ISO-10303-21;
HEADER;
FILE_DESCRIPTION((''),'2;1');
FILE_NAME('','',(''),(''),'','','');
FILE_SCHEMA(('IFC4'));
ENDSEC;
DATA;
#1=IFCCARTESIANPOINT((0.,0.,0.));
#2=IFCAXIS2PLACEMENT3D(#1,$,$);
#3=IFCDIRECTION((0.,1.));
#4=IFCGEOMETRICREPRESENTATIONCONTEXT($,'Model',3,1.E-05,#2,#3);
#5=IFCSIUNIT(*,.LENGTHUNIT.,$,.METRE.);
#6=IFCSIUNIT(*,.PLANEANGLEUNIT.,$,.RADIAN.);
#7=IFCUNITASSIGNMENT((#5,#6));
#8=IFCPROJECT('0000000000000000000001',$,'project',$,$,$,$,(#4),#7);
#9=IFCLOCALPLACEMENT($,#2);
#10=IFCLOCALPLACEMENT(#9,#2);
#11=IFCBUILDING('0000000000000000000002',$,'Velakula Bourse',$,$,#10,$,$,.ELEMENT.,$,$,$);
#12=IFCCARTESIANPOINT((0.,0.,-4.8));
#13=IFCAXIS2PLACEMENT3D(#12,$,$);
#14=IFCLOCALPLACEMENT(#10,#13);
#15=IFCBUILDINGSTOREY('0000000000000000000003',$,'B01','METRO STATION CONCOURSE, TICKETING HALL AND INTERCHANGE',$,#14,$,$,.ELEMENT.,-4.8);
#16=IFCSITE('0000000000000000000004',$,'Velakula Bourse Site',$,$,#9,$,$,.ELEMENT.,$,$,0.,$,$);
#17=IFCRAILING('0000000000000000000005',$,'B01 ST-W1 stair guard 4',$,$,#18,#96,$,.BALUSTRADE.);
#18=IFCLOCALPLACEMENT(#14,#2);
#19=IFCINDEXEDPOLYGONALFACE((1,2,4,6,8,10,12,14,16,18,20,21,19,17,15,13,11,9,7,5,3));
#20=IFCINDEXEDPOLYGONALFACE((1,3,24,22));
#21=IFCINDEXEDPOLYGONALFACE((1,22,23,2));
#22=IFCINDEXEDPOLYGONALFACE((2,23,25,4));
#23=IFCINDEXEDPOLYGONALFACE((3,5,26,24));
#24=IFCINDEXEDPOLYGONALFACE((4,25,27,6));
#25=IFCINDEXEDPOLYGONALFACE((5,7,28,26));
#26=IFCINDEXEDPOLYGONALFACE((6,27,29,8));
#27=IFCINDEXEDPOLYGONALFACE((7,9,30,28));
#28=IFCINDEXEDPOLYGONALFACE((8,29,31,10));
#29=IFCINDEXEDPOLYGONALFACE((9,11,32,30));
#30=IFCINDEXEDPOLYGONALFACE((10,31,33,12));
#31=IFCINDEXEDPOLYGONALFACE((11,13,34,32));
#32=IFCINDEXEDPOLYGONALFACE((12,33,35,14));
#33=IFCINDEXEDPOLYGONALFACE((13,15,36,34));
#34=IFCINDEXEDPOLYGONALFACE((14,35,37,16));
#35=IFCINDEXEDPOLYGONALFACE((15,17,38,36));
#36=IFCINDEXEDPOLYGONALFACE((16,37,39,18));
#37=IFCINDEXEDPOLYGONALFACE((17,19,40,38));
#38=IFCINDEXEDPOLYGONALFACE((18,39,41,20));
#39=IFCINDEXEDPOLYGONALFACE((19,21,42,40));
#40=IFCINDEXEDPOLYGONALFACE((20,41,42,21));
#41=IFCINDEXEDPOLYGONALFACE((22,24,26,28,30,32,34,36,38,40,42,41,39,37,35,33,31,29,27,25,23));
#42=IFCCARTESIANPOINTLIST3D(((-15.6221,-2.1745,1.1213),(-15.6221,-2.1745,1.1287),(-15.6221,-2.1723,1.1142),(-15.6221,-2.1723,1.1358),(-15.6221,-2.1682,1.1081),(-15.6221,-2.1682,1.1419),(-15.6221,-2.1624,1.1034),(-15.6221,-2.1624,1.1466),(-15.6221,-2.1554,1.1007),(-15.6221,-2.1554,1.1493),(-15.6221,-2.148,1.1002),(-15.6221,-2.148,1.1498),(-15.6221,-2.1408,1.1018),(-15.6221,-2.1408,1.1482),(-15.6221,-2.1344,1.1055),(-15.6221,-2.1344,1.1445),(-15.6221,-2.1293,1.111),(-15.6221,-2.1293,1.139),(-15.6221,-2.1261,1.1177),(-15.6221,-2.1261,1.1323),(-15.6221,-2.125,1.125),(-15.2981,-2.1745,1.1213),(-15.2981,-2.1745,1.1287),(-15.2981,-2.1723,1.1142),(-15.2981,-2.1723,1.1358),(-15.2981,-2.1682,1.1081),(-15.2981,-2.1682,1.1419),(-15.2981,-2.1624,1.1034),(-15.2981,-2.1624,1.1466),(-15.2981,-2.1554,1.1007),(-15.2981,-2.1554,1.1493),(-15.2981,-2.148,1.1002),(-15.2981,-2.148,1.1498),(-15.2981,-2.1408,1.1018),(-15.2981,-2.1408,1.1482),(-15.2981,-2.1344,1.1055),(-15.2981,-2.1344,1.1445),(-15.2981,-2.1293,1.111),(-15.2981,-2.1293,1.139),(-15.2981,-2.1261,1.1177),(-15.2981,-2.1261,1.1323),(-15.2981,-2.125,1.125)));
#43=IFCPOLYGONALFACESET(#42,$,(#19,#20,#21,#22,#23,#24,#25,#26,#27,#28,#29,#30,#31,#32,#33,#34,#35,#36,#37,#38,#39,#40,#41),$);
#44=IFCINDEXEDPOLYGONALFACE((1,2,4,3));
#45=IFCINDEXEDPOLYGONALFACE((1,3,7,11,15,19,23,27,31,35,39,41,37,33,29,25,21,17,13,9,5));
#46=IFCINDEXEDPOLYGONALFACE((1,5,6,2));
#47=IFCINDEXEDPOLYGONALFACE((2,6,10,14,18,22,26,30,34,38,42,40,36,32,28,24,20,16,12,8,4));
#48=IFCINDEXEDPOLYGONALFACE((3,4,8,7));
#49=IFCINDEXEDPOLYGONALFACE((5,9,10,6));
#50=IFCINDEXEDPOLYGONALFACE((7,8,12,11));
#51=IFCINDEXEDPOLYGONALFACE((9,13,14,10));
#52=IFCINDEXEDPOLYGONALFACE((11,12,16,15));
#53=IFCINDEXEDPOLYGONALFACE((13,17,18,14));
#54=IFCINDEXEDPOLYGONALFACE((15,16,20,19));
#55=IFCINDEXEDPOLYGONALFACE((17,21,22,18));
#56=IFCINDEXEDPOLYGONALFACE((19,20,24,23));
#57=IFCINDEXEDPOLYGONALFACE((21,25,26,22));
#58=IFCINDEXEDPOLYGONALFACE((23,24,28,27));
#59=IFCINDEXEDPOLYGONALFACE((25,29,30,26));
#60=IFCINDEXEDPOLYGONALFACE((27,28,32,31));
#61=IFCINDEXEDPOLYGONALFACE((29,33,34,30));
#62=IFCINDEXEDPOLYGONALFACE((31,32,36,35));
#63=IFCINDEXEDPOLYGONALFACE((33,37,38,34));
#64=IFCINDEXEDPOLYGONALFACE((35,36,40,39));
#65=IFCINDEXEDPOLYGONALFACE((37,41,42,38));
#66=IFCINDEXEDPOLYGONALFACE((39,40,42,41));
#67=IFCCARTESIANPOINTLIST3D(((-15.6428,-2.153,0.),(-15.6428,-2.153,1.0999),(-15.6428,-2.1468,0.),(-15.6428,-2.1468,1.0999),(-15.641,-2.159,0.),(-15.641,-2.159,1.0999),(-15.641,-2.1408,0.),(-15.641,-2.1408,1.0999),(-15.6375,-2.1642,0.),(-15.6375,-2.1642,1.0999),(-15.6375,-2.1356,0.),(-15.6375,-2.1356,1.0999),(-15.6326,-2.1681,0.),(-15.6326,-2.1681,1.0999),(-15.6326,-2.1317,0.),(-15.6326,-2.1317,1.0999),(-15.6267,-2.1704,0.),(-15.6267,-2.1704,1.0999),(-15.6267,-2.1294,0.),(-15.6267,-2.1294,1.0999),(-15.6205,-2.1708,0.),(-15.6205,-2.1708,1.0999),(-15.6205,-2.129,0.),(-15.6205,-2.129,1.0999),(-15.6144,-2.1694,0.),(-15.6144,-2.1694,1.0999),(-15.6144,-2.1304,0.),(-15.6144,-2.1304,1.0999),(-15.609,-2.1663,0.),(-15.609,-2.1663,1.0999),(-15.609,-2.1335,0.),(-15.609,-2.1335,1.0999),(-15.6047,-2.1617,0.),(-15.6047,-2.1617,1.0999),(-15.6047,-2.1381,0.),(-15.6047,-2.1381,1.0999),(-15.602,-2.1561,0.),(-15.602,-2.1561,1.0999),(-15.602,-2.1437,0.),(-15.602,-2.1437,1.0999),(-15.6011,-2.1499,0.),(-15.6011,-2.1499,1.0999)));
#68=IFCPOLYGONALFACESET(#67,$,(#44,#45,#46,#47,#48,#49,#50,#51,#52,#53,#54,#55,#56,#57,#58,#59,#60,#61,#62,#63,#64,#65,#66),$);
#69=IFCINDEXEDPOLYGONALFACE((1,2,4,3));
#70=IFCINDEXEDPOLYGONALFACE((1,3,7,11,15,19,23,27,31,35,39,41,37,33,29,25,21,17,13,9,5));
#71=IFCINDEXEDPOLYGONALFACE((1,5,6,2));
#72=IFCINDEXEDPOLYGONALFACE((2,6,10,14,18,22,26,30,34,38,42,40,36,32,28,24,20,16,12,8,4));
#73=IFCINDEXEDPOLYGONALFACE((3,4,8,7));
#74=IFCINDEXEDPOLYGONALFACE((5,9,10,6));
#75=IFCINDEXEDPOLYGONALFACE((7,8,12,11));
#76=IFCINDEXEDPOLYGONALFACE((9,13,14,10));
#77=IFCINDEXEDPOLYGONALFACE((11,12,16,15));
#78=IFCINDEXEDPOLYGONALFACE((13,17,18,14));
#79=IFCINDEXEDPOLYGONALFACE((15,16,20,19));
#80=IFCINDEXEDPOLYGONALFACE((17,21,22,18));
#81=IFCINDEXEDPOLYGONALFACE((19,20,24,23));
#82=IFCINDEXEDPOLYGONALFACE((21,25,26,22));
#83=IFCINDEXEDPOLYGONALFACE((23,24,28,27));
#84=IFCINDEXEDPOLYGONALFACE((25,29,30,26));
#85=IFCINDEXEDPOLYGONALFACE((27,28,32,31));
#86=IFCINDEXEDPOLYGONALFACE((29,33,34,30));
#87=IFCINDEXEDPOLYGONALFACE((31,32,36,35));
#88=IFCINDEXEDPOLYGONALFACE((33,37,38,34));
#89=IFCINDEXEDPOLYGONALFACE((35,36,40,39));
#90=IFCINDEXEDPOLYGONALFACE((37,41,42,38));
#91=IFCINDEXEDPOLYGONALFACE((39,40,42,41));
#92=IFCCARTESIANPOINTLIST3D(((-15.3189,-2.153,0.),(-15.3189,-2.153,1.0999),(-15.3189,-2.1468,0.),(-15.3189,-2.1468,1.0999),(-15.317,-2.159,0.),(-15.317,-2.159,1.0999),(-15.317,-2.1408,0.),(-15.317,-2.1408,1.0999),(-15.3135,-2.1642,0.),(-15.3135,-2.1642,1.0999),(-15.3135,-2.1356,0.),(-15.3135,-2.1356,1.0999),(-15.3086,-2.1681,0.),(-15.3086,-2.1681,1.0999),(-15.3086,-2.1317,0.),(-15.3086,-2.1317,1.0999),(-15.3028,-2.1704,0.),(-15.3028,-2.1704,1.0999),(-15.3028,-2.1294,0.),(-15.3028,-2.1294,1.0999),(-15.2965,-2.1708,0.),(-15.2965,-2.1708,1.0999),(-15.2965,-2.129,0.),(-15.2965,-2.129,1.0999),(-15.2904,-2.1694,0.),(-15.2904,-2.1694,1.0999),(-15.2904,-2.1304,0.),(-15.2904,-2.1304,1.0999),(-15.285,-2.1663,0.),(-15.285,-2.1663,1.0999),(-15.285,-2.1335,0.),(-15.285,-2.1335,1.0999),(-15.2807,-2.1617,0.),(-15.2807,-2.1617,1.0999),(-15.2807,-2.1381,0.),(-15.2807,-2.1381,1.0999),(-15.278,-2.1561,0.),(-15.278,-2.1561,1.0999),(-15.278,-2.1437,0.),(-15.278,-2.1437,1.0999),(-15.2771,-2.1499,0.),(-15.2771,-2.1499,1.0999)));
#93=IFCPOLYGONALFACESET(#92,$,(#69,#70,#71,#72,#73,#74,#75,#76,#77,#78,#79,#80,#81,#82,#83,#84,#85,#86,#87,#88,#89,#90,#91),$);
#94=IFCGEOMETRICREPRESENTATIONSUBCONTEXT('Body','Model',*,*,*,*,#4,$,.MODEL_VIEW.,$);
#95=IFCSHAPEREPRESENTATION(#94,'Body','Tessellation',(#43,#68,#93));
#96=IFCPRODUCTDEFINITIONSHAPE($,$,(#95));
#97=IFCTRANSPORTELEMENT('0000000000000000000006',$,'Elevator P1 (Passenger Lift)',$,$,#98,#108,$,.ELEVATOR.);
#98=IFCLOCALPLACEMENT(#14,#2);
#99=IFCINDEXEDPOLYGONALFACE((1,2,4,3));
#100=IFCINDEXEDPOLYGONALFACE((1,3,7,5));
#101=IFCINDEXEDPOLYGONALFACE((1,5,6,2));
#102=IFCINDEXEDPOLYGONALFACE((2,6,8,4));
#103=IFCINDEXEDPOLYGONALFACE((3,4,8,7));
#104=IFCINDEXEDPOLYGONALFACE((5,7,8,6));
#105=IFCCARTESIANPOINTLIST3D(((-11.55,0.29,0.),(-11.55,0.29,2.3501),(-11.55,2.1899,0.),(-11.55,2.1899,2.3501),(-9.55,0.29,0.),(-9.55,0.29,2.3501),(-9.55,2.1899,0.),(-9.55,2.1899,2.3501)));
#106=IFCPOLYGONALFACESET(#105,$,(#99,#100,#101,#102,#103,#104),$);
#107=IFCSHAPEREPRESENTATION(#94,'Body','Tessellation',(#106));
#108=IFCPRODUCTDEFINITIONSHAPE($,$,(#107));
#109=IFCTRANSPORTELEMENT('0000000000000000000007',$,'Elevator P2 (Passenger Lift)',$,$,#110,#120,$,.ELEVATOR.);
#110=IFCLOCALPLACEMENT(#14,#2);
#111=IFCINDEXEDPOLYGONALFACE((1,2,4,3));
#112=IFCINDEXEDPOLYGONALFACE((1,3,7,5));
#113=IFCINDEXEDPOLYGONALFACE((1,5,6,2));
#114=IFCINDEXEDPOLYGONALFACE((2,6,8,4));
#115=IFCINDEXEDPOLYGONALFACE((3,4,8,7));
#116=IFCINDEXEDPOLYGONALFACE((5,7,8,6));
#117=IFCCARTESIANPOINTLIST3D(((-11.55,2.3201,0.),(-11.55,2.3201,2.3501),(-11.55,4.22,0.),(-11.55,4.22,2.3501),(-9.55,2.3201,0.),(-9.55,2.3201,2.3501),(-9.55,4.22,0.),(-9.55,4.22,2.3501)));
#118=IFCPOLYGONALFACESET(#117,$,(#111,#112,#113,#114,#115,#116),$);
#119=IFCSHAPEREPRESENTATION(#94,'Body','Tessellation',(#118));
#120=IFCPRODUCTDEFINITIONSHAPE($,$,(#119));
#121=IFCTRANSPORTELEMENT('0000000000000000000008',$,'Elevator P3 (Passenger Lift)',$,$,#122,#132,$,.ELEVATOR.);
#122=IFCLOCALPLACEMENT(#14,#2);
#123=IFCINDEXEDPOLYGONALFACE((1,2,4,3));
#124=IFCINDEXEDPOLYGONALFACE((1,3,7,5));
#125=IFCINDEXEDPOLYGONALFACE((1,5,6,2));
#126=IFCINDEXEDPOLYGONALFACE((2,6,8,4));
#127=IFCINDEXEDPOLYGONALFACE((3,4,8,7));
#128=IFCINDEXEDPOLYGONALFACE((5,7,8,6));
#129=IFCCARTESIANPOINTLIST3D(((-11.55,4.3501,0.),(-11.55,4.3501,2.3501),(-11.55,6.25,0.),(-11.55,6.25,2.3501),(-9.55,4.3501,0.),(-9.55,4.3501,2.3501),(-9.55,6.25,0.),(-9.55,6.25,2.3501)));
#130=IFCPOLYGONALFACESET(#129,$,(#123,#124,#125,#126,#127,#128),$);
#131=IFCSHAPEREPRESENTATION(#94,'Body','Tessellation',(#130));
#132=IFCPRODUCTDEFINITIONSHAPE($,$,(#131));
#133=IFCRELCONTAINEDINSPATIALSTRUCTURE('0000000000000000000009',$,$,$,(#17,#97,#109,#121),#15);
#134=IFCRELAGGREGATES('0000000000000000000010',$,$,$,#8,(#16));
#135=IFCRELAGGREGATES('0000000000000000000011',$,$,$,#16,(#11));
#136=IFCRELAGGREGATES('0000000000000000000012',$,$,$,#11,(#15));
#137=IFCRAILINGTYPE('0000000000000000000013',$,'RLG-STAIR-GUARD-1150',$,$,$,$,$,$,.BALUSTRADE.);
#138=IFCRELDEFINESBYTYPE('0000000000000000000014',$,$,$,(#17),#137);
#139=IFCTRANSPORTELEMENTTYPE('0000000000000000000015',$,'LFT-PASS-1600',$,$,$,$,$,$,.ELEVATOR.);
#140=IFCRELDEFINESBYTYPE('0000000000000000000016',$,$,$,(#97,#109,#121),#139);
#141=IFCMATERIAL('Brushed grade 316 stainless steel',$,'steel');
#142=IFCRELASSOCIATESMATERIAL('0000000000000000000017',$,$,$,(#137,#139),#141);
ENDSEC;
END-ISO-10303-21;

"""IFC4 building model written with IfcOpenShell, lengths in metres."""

from ifc_helpers import new_model, si_unit, direction, frame, origin, origin_2d, place, context, subcontext, project, spatial, rectangle, circle, extrude, material, type_object, element, save


model = new_model("IFC4")

# Units and contexts
model_context = context("Model", 3, precision=1e-05, world=origin(), true_north=direction((0.0, 1.0)))
body_context = subcontext(model_context, "Body", "Model", "MODEL_VIEW")
ifc_project = project(units=[si_unit("LENGTHUNIT", "METRE"), si_unit("PLANEANGLEUNIT", "RADIAN")], contexts=[model_context])

# Site, building, storey
site_placement = place(None, origin())
site = spatial("IfcSite", under=ifc_project, at=site_placement, Name="Velakula Bourse Site", CompositionType="ELEMENT", RefElevation=0.0)
building_placement = place(site_placement, origin())
building = spatial("IfcBuilding", under=site, at=building_placement, Name="Velakula Bourse", CompositionType="ELEMENT")
storey_placement = place(building_placement, frame((0.0, 0.0, -4.8)))
storey = spatial("IfcBuildingStorey", under=building, at=storey_placement, Name="B01", Description="METRO STATION CONCOURSE, TICKETING HALL AND INTERCHANGE", CompositionType="ELEMENT", Elevation=-4.8)

# Shared definitions
ifc_material_1 = material(Name="Brushed grade 316 stainless steel", Category="steel")

# Railing
railing_type = type_object("IfcRailingType", Name="RLG-STAIR-GUARD-1150", PredefinedType="BALUSTRADE", material=ifc_material_1)
railing_placement = place(storey_placement, frame((-15.6221, -2.1499, 0.0)))
element("IfcRailing", 1, at=railing_placement, inside=storey, type_object=railing_type, Name="B01 ST-W1 stair guard 4", PredefinedType="BALUSTRADE", context=body_context, shape_type="SweptSolid", body=[
    extrude(circle(Radius=0.0249, at=origin_2d()), frame((0.0, 0.0, 1.125), z_axis=(1.0, 0.0, 0.0), x_axis=(0.0, 1.0, 0.0)), (0.0, 0.0, 1.0), 0.324),
    extrude(circle(Radius=0.021, at=origin_2d()), origin(), (0.0, 0.0, 1.0), 1.0999),
    extrude(circle(Radius=0.021, at=origin_2d()), frame((0.324, 0.0, 0.0)), (0.0, 0.0, 1.0), 1.0999),
])

# Transport elements
transport_element_type = type_object("IfcTransportElementType", Name="LFT-PASS-1600", PredefinedType="ELEVATOR", material=ifc_material_1)
for number, where, z_axis, x_axis, name in (
    (2, (-10.55, 1.24, 0.0), (0.0, 0.0, 1.0), (1.0, 0.0, 0.0), "Elevator P1 (Passenger Lift)"),
    (3, (-10.55, 3.27, 0.0), (0.0, 0.0, 1.0), (1.0, 0.0, 0.0), "Elevator P2 (Passenger Lift)"),
    (4, (-10.55, 5.3, 0.0), (0.0, 0.0, 1.0), (1.0, 0.0, 0.0), "Elevator P3 (Passenger Lift)"),
):
    element("IfcTransportElement", number, at=place(storey_placement, frame(where, z_axis=z_axis, x_axis=x_axis)), inside=storey, type_object=transport_element_type, Name=name, PredefinedType="ELEVATOR", context=body_context, shape_type="SweptSolid", body=[
        extrude(rectangle(XDim=2.0, YDim=1.8999, at=origin_2d()), origin(), (0.0, 0.0, 1.0), 2.3501),
    ])

save(model, "model.ifc")
